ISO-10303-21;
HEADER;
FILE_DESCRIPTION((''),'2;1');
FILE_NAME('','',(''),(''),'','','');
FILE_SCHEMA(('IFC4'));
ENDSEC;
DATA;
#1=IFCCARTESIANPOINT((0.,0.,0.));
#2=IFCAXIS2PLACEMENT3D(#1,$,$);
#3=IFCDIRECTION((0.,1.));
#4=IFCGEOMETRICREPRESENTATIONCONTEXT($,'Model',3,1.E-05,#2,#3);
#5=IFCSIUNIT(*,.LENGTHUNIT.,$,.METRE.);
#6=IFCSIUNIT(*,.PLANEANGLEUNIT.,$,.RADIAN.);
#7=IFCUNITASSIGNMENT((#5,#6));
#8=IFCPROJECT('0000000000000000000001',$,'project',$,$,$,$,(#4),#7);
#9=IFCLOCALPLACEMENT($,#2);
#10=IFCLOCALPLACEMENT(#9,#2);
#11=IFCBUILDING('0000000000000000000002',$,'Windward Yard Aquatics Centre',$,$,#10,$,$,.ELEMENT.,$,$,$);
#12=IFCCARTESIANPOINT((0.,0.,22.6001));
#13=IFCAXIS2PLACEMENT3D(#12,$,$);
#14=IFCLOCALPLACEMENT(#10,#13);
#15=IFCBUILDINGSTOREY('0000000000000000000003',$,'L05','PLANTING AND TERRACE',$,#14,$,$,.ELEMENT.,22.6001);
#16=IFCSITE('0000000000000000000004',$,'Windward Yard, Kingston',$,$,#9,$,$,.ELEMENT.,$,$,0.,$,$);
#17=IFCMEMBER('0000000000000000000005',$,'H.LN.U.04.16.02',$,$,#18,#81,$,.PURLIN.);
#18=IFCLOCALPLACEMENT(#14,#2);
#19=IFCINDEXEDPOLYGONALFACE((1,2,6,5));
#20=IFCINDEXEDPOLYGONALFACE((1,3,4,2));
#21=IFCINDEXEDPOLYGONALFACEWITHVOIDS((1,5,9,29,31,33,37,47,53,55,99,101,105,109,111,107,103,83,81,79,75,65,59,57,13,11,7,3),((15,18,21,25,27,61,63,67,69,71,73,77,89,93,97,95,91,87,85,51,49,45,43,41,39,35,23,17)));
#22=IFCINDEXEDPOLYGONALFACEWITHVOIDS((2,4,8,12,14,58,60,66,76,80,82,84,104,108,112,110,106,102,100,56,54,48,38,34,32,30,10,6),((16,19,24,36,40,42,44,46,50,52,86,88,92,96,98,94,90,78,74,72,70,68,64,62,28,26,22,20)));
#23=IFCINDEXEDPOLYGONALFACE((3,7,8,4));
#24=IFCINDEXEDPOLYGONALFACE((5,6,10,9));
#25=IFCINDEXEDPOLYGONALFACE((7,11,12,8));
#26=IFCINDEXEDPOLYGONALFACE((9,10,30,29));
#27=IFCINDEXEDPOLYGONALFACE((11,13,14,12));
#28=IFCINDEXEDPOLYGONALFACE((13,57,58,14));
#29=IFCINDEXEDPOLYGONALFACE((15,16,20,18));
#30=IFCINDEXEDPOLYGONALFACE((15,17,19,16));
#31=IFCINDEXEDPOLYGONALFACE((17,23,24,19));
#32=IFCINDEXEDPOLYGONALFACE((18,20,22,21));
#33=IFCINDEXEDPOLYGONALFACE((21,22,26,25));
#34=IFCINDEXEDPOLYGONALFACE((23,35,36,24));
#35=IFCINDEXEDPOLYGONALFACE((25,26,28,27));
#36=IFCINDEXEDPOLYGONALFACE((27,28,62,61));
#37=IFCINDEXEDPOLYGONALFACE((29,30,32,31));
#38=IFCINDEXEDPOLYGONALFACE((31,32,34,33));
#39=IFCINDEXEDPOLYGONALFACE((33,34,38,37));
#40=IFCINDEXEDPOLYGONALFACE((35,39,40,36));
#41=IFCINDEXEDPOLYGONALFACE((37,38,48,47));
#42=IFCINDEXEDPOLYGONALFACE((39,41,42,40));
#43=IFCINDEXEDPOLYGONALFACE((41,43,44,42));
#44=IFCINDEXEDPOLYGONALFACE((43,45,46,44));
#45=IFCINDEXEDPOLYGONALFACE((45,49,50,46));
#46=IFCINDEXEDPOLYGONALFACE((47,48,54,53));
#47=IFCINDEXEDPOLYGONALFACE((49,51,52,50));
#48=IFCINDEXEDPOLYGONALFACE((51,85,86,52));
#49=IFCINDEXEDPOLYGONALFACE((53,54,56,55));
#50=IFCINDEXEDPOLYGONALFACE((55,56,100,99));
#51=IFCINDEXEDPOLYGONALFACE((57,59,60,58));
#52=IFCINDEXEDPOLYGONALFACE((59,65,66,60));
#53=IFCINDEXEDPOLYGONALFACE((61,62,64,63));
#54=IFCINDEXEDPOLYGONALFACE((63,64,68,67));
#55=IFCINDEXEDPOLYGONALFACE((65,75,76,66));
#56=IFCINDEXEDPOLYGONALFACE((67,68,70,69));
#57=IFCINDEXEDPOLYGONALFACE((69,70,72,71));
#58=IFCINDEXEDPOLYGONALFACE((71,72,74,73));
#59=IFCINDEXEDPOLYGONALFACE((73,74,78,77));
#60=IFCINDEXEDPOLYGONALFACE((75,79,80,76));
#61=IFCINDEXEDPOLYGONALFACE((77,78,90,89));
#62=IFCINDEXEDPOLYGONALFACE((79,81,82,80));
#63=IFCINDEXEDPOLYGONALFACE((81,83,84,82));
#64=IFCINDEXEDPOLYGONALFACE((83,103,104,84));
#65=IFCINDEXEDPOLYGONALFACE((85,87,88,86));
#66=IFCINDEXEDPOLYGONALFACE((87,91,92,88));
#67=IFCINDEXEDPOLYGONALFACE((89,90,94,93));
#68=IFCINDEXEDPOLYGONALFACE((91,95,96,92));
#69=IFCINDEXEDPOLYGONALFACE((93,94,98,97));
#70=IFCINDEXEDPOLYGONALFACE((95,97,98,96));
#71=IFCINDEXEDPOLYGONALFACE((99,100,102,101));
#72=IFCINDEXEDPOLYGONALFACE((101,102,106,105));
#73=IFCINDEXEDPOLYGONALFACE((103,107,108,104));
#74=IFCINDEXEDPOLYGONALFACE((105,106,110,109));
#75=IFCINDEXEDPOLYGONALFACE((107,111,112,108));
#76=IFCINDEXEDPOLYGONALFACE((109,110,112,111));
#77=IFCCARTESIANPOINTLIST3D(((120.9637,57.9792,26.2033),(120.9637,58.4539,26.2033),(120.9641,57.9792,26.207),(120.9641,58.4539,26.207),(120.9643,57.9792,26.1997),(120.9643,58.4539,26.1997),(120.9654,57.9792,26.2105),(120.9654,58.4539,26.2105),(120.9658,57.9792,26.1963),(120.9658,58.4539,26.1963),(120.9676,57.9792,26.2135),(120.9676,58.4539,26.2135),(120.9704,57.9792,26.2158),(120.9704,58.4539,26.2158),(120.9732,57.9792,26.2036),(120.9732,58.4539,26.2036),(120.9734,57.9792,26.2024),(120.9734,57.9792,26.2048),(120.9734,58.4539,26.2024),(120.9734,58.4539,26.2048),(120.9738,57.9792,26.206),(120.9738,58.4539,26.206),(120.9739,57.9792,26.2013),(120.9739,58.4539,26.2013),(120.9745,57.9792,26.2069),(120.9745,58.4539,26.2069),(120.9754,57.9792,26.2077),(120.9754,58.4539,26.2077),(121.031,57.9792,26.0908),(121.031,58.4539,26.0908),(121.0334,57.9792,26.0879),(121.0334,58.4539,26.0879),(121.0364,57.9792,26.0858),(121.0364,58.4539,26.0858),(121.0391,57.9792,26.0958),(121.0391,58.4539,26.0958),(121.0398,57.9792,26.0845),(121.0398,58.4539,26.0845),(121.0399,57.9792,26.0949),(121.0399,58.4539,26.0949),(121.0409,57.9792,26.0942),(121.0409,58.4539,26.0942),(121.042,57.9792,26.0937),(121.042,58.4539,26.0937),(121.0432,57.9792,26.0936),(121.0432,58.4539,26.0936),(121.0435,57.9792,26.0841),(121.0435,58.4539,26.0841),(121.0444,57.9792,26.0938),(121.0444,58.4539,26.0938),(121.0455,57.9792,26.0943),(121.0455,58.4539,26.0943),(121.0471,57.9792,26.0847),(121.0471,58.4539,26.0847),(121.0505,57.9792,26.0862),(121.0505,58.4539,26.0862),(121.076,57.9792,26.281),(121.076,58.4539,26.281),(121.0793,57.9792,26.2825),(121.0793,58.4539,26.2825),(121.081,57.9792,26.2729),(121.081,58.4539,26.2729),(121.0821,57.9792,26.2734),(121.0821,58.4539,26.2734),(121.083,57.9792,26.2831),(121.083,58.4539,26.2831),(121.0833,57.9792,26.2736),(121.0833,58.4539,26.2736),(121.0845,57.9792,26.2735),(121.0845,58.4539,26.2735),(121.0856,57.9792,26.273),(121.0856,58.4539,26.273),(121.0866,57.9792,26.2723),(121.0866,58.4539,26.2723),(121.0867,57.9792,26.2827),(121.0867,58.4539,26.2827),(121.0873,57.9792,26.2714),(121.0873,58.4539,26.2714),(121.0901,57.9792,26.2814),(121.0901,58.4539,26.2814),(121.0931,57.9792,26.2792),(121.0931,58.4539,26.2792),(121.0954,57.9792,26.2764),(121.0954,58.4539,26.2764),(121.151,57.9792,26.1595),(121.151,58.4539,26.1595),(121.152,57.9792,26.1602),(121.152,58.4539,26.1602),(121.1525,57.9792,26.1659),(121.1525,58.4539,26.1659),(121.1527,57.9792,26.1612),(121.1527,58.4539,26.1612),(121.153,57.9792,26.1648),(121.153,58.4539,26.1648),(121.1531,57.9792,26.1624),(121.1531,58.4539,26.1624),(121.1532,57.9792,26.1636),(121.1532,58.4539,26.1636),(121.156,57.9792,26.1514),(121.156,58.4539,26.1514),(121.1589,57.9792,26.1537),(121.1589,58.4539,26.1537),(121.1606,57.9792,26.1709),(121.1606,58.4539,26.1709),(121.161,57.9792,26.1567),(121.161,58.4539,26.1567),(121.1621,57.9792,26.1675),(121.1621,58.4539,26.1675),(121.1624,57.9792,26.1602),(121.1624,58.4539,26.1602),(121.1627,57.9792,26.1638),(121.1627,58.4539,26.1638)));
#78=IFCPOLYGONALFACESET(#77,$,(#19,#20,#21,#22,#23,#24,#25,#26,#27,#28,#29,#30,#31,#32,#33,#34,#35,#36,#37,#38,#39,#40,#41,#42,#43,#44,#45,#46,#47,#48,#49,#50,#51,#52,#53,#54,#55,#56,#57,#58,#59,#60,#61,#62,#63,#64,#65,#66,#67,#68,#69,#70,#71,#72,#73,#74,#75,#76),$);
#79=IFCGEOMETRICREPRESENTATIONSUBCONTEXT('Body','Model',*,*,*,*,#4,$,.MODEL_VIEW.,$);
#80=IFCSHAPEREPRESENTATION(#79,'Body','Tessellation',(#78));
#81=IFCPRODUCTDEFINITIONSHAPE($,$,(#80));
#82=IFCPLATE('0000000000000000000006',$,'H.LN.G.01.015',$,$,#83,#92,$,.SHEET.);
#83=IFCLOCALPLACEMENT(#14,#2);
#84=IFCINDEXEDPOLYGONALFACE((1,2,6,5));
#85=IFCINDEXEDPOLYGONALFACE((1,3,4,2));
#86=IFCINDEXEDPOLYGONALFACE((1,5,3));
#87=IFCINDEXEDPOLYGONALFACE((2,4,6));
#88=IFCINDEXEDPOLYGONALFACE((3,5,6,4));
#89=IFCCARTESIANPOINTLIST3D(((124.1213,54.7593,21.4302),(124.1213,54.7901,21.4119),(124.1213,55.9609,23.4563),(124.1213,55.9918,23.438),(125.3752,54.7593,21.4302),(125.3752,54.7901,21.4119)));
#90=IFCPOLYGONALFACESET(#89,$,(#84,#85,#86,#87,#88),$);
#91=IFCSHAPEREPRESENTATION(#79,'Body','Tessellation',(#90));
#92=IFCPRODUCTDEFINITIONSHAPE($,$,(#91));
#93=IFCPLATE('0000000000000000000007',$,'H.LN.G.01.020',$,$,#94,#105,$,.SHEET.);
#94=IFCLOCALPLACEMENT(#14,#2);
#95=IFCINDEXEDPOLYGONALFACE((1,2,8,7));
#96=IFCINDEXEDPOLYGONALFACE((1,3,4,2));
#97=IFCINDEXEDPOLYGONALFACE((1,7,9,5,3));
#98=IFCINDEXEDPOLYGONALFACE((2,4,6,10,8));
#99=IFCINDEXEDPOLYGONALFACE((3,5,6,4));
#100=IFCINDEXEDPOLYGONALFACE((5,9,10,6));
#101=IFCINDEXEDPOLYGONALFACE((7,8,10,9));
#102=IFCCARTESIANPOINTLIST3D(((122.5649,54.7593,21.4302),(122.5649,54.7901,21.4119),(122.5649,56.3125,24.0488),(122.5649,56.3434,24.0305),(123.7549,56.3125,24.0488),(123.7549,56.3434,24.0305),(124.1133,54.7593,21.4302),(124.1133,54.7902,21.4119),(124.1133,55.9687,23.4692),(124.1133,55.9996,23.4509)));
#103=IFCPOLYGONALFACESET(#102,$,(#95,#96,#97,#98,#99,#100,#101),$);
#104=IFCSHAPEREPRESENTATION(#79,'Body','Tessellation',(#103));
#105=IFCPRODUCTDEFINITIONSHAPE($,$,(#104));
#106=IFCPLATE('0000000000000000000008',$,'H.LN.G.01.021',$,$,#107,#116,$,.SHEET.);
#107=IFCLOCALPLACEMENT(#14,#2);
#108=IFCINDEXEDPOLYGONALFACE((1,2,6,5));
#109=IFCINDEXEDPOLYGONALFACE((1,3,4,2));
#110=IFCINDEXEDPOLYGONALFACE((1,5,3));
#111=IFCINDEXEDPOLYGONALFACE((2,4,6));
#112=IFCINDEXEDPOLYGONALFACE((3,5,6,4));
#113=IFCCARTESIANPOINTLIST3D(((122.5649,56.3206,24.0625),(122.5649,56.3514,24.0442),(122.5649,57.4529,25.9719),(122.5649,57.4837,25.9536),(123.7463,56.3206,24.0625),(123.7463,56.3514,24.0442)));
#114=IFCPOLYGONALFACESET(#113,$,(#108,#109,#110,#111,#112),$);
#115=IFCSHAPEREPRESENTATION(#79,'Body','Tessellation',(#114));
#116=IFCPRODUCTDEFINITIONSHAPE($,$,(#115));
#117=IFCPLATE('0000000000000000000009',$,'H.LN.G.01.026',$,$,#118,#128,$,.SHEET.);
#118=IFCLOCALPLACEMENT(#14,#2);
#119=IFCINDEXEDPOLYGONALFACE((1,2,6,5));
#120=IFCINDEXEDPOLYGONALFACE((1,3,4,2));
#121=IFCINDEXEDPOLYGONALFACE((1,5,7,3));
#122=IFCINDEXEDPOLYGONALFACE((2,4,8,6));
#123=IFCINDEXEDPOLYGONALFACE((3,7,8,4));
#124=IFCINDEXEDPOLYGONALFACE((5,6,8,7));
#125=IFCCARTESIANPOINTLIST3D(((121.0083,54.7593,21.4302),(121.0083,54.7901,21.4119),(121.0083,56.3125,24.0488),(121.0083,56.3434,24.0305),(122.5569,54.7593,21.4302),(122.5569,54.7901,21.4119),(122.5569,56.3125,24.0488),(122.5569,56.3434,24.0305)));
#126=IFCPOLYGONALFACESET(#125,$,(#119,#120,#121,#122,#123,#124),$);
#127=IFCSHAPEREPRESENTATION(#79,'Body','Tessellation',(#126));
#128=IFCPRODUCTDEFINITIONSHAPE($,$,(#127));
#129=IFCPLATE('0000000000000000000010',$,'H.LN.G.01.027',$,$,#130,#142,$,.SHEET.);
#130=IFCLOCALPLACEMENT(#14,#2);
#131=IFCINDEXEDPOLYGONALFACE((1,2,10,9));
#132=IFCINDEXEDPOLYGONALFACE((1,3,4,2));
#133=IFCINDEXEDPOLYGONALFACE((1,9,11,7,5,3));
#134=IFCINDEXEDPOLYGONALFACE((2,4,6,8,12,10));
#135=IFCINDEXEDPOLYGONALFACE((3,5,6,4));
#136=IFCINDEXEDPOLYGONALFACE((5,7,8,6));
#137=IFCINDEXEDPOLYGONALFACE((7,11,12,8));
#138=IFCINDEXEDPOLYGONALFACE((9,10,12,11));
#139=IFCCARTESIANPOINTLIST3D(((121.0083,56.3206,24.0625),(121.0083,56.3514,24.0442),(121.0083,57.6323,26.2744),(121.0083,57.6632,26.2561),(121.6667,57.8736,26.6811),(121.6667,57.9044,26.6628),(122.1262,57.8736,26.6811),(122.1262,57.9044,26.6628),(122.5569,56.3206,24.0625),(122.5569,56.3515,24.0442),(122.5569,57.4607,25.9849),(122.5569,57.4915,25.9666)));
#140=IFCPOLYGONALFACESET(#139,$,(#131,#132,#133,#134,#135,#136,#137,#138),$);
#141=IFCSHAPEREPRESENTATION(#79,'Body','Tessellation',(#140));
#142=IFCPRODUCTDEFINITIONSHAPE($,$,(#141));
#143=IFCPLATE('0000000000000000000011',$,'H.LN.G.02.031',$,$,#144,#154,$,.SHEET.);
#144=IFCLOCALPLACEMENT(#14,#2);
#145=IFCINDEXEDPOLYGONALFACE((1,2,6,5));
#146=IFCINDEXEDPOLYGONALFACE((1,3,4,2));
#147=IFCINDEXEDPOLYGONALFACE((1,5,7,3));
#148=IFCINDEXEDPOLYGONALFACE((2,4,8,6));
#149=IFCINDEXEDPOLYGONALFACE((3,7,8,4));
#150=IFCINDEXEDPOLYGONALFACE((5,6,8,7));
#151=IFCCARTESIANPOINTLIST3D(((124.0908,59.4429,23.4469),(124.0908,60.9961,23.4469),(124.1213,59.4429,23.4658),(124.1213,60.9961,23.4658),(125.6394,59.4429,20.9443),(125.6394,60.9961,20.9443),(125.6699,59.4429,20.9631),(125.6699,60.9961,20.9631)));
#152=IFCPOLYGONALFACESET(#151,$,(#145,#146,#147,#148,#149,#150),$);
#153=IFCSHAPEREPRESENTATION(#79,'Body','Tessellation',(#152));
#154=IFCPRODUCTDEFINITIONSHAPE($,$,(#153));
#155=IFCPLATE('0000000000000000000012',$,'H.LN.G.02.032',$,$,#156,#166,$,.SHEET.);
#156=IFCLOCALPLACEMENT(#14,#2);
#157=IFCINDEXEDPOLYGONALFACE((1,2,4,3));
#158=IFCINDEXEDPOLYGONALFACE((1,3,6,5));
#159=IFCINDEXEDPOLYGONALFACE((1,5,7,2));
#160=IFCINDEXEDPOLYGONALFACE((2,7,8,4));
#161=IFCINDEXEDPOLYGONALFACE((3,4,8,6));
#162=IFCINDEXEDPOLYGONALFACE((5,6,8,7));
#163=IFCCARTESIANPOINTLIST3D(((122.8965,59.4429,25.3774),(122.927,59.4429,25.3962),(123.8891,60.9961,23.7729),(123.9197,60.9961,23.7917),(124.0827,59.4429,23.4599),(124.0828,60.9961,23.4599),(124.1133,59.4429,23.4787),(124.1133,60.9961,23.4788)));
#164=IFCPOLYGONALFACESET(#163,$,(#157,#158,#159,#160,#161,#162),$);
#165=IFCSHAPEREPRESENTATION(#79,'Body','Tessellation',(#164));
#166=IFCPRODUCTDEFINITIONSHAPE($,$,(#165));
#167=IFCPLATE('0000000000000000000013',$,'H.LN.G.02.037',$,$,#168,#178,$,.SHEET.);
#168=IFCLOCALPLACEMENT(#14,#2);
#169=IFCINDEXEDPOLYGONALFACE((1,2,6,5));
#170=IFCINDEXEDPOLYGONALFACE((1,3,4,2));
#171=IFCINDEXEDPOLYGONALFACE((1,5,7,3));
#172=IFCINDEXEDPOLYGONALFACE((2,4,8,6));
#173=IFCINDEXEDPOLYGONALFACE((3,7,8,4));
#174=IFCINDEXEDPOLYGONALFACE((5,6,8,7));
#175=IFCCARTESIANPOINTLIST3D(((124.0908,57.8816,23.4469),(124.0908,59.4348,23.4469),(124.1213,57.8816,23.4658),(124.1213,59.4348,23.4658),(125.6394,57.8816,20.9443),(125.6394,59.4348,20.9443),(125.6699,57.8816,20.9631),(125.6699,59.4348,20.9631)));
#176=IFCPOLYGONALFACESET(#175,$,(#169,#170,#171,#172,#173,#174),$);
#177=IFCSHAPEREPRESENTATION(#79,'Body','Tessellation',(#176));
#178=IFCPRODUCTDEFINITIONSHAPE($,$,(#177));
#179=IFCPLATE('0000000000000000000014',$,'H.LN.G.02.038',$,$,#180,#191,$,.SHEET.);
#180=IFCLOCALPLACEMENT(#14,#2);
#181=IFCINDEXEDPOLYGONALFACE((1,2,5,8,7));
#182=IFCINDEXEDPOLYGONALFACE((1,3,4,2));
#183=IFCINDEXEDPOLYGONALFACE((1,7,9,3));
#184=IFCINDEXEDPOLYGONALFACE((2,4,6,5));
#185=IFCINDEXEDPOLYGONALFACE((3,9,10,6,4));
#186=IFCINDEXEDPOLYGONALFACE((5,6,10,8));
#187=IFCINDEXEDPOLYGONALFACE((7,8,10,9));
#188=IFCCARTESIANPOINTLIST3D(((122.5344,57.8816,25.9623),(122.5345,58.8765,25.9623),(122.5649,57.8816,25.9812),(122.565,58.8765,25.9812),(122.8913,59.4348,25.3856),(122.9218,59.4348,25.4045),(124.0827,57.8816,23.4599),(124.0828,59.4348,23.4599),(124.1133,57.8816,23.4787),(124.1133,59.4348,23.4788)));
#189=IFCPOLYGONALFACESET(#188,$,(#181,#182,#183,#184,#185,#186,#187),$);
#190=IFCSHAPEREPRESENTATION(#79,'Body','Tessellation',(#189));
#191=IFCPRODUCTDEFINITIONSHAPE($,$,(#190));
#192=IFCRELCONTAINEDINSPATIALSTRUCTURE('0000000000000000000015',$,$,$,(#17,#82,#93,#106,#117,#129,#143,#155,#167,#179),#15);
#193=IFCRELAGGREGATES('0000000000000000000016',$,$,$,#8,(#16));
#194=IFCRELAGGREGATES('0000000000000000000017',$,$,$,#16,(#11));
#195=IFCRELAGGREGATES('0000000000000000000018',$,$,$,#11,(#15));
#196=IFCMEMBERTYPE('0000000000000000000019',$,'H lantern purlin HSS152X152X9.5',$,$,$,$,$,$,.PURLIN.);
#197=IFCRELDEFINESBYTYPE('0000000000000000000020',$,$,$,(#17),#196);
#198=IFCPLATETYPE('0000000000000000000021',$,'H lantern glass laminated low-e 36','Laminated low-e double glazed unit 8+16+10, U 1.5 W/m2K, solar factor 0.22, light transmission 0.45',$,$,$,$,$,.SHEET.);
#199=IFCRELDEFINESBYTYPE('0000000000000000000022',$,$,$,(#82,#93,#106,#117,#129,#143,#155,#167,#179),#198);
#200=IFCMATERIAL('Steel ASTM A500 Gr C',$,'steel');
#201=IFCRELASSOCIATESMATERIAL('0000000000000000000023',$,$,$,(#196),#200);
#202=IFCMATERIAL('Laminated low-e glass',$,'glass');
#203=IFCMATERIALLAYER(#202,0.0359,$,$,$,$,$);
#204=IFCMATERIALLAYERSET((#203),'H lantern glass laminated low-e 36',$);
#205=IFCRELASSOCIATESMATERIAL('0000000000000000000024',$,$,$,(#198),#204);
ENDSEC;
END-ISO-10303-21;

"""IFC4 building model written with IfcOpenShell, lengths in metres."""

from ifc_helpers import new_model, si_unit, direction, frame, origin, origin_2d, place, context, subcontext, project, spatial, polyline, hollow_rectangle, outline, extrude, material, layer, layer_set, material_profile, profile_set, type_object, element, save


model = new_model("IFC4")

# Units and contexts
model_context = context("Model", 3, precision=1e-05, world=origin(), true_north=direction((0.0, 1.0)))
body_context = subcontext(model_context, "Body", "Model", "MODEL_VIEW")
ifc_project = project(units=[si_unit("LENGTHUNIT", "METRE"), si_unit("PLANEANGLEUNIT", "RADIAN")], contexts=[model_context])

# Site, building, storey
site_placement = place(None, origin())
site = spatial("IfcSite", under=ifc_project, at=site_placement, Name="Windward Yard, Kingston", CompositionType="ELEMENT", RefElevation=0.0)
building_placement = place(site_placement, origin())
building = spatial("IfcBuilding", under=site, at=building_placement, Name="Windward Yard Aquatics Centre", CompositionType="ELEMENT")
storey_placement = place(building_placement, frame((0.0, 0.0, 22.6001)))
storey = spatial("IfcBuildingStorey", under=building, at=storey_placement, Name="L05", Description="PLANTING AND TERRACE", CompositionType="ELEMENT", Elevation=22.6001)

# Member
ifc_material_1 = material(Name="Steel ASTM A500 Gr C", Category="steel")
ifc_material_profile = material_profile(ifc_material_1, hollow_rectangle(XDim=0.1523, YDim=0.1523, WallThickness=0.0095, InnerFilletRadius=0.0046, OuterFilletRadius=0.0142, at=origin_2d()), Name="HSS152X152X9.5")
ifc_profile_set = profile_set([ifc_material_profile], Name="Steel ASTM A500 Gr C")
member_type = type_object("IfcMemberType", Name="H lantern purlin HSS152X152X9.5", PredefinedType="PURLIN", material=ifc_profile_set)
member_1_placement = place(storey_placement, frame((121.0632, 57.9792, 26.1836), z_axis=(0.0, 1.0, 0.0), x_axis=(-0.850755, 0.0, -0.525562)))
element("IfcMember", 1, at=member_1_placement, inside=storey, type_object=member_type, Name="H.LN.U.04.16.02", PredefinedType="PURLIN", context=body_context, shape_type="SweptSolid", body=[
    extrude(hollow_rectangle(XDim=0.1523, YDim=0.1523, WallThickness=0.0095, InnerFilletRadius=0.0046, OuterFilletRadius=0.0142, at=origin_2d()), origin(), (0.0, 0.0, 1.0), 0.4746),
])

# Plates
ifc_material_2 = material(Name="Laminated low-e glass", Category="glass")
ifc_layer = layer(ifc_material_2, 0.0359)
ifc_layer_set = layer_set([ifc_layer], Name="H lantern glass laminated low-e 36")
plate_type = type_object("IfcPlateType", Name="H lantern glass laminated low-e 36", Description="Laminated low-e double glazed unit 8+16+10, U 1.5 W/m2K, solar factor 0.22, light transmission 0.45", PredefinedType="SHEET", material=ifc_layer_set)
plate_1_placement = place(storey_placement, frame((124.1213, 54.7593, 21.4302), z_axis=(0.0, -0.860106, 0.510115), x_axis=(0.0, 0.510115, 0.860106)))
element("IfcPlate", 2, at=plate_1_placement, inside=storey, type_object=plate_type, Name="H.LN.G.01.015", PredefinedType="SHEET", context=body_context, shape_type="SweptSolid", body=[
    extrude(outline(polyline([(0.0, 0.0), (2.3557, 0.0), (0.0, -1.2539), (0.0, 0.0)])), origin(), (0.0, 0.0, -1.0), 0.0359),
])
plate_2_placement = place(storey_placement, frame((122.5649, 54.7593, 21.4302), z_axis=(0.000008, -0.860085, 0.51015), x_axis=(0.0, 0.51015, 0.860085)))
element("IfcPlate", 3, at=plate_2_placement, inside=storey, type_object=plate_type, Name="H.LN.G.01.020", PredefinedType="SHEET", context=body_context, shape_type="SweptSolid", body=[
    extrude(outline(polyline([(0.0, 0.0), (3.0446, 0.0), (3.0446, -1.1899), (2.3708, -1.5483), (0.0, -1.5483), (0.0, 0.0)])), origin(), (0.0, 0.0, -1.0), 0.0359),
])
plate_3_placement = place(storey_placement, frame((122.5649, 56.3206, 24.0625), z_axis=(0.0, -0.860131, 0.510074), x_axis=(0.0, 0.510074, 0.860131)))
element("IfcPlate", 4, at=plate_3_placement, inside=storey, type_object=plate_type, Name="H.LN.G.01.021", PredefinedType="SHEET", context=body_context, shape_type="SweptSolid", body=[
    extrude(outline(polyline([(0.0, 0.0), (2.2199, 0.0), (0.0, -1.1814), (0.0, 0.0)])), origin(), (0.0, 0.0, -1.0), 0.0359),
])
plate_4_placement = place(storey_placement, frame((121.0083, 54.7593, 21.4302), z_axis=(0.0, -0.860086, 0.51015), x_axis=(0.0, 0.51015, 0.860086)))
element("IfcPlate", 5, at=plate_4_placement, inside=storey, type_object=plate_type, Name="H.LN.G.01.026", PredefinedType="SHEET", context=body_context, shape_type="SweptSolid", body=[
    extrude(outline(polyline([(0.0, 0.0), (3.0446, 0.0), (3.0446, -1.5486), (0.0, -1.5486), (0.0, 0.0)])), origin(), (0.0, 0.0, -1.0), 0.0359),
])
plate_5_placement = place(storey_placement, frame((121.0083, 56.3206, 24.0625), z_axis=(0.000026, -0.860119, 0.510094), x_axis=(0.0, 0.510094, 0.860119)))
element("IfcPlate", 6, at=plate_5_placement, inside=storey, type_object=plate_type, Name="H.LN.G.01.027", PredefinedType="SHEET", context=body_context, shape_type="SweptSolid", body=[
    extrude(outline(polyline([(0.0, 0.0), (2.5716, 0.0), (3.0445, -0.6584), (3.0445, -1.1179), (2.235, -1.5486), (0.0, -1.5486), (0.0, 0.0)])), origin(), (0.0, 0.0, -1.0), 0.0359),
])
plate_6_placement = place(storey_placement, frame((124.1213, 59.4429, 23.4658), z_axis=(0.850371, 0.0, 0.526183), x_axis=(0.0, 1.0, 0.0)))
element("IfcPlate", 7, at=plate_6_placement, inside=storey, type_object=plate_type, Name="H.LN.G.02.031", PredefinedType="SHEET", context=body_context, shape_type="SweptSolid", body=[
    extrude(outline(polyline([(0.0, 0.0), (1.5532, 0.0), (1.5532, -2.9431), (0.0, -2.9431), (0.0, 0.0)])), origin(), (0.0, 0.0, -1.0), 0.0359),
])
plate_7_placement = place(storey_placement, frame((122.927, 59.4429, 25.3962), z_axis=(0.850416, -0.000015, 0.526111), x_axis=(0.406189, 0.635569, -0.656553)))
element("IfcPlate", 8, at=plate_7_placement, inside=storey, type_object=plate_type, Name="H.LN.G.02.032", PredefinedType="SHEET", context=body_context, shape_type="SweptSolid", body=[
    extrude(outline(polyline([(0.0, 0.0), (2.4438, 0.0), (2.728, -0.2339), (1.7408, -1.4331), (0.0, 0.0)])), origin(), (0.0, 0.0, -1.0), 0.0359),
])
plate_8_placement = place(storey_placement, frame((124.1213, 57.8816, 23.4658), z_axis=(0.850371, 0.0, 0.526183), x_axis=(0.0, 1.0, 0.0)))
element("IfcPlate", 9, at=plate_8_placement, inside=storey, type_object=plate_type, Name="H.LN.G.02.037", PredefinedType="SHEET", context=body_context, shape_type="SweptSolid", body=[
    extrude(outline(polyline([(0.0, 0.0), (1.5532, 0.0), (1.5532, -2.9431), (0.0, -2.9431), (0.0, 0.0)])), origin(), (0.0, 0.0, -1.0), 0.0359),
])
plate_9_placement = place(storey_placement, frame((122.5649, 57.8816, 25.9812), z_axis=(0.850389, -0.000039, 0.526154), x_axis=(0.000033, 1.0, 0.00002)))
element("IfcPlate", 10, at=plate_9_placement, inside=storey, type_object=plate_type, Name="H.LN.G.02.038", PredefinedType="SHEET", context=body_context, shape_type="SweptSolid", body=[
    extrude(outline(polyline([(0.0, 0.0), (0.9949, 0.0), (1.5532, -0.6782), (1.5532, -2.9427), (0.0, -2.9427), (0.0, 0.0)])), origin(), (0.0, 0.0, -1.0), 0.0359),
])

save(model, "model.ifc")
